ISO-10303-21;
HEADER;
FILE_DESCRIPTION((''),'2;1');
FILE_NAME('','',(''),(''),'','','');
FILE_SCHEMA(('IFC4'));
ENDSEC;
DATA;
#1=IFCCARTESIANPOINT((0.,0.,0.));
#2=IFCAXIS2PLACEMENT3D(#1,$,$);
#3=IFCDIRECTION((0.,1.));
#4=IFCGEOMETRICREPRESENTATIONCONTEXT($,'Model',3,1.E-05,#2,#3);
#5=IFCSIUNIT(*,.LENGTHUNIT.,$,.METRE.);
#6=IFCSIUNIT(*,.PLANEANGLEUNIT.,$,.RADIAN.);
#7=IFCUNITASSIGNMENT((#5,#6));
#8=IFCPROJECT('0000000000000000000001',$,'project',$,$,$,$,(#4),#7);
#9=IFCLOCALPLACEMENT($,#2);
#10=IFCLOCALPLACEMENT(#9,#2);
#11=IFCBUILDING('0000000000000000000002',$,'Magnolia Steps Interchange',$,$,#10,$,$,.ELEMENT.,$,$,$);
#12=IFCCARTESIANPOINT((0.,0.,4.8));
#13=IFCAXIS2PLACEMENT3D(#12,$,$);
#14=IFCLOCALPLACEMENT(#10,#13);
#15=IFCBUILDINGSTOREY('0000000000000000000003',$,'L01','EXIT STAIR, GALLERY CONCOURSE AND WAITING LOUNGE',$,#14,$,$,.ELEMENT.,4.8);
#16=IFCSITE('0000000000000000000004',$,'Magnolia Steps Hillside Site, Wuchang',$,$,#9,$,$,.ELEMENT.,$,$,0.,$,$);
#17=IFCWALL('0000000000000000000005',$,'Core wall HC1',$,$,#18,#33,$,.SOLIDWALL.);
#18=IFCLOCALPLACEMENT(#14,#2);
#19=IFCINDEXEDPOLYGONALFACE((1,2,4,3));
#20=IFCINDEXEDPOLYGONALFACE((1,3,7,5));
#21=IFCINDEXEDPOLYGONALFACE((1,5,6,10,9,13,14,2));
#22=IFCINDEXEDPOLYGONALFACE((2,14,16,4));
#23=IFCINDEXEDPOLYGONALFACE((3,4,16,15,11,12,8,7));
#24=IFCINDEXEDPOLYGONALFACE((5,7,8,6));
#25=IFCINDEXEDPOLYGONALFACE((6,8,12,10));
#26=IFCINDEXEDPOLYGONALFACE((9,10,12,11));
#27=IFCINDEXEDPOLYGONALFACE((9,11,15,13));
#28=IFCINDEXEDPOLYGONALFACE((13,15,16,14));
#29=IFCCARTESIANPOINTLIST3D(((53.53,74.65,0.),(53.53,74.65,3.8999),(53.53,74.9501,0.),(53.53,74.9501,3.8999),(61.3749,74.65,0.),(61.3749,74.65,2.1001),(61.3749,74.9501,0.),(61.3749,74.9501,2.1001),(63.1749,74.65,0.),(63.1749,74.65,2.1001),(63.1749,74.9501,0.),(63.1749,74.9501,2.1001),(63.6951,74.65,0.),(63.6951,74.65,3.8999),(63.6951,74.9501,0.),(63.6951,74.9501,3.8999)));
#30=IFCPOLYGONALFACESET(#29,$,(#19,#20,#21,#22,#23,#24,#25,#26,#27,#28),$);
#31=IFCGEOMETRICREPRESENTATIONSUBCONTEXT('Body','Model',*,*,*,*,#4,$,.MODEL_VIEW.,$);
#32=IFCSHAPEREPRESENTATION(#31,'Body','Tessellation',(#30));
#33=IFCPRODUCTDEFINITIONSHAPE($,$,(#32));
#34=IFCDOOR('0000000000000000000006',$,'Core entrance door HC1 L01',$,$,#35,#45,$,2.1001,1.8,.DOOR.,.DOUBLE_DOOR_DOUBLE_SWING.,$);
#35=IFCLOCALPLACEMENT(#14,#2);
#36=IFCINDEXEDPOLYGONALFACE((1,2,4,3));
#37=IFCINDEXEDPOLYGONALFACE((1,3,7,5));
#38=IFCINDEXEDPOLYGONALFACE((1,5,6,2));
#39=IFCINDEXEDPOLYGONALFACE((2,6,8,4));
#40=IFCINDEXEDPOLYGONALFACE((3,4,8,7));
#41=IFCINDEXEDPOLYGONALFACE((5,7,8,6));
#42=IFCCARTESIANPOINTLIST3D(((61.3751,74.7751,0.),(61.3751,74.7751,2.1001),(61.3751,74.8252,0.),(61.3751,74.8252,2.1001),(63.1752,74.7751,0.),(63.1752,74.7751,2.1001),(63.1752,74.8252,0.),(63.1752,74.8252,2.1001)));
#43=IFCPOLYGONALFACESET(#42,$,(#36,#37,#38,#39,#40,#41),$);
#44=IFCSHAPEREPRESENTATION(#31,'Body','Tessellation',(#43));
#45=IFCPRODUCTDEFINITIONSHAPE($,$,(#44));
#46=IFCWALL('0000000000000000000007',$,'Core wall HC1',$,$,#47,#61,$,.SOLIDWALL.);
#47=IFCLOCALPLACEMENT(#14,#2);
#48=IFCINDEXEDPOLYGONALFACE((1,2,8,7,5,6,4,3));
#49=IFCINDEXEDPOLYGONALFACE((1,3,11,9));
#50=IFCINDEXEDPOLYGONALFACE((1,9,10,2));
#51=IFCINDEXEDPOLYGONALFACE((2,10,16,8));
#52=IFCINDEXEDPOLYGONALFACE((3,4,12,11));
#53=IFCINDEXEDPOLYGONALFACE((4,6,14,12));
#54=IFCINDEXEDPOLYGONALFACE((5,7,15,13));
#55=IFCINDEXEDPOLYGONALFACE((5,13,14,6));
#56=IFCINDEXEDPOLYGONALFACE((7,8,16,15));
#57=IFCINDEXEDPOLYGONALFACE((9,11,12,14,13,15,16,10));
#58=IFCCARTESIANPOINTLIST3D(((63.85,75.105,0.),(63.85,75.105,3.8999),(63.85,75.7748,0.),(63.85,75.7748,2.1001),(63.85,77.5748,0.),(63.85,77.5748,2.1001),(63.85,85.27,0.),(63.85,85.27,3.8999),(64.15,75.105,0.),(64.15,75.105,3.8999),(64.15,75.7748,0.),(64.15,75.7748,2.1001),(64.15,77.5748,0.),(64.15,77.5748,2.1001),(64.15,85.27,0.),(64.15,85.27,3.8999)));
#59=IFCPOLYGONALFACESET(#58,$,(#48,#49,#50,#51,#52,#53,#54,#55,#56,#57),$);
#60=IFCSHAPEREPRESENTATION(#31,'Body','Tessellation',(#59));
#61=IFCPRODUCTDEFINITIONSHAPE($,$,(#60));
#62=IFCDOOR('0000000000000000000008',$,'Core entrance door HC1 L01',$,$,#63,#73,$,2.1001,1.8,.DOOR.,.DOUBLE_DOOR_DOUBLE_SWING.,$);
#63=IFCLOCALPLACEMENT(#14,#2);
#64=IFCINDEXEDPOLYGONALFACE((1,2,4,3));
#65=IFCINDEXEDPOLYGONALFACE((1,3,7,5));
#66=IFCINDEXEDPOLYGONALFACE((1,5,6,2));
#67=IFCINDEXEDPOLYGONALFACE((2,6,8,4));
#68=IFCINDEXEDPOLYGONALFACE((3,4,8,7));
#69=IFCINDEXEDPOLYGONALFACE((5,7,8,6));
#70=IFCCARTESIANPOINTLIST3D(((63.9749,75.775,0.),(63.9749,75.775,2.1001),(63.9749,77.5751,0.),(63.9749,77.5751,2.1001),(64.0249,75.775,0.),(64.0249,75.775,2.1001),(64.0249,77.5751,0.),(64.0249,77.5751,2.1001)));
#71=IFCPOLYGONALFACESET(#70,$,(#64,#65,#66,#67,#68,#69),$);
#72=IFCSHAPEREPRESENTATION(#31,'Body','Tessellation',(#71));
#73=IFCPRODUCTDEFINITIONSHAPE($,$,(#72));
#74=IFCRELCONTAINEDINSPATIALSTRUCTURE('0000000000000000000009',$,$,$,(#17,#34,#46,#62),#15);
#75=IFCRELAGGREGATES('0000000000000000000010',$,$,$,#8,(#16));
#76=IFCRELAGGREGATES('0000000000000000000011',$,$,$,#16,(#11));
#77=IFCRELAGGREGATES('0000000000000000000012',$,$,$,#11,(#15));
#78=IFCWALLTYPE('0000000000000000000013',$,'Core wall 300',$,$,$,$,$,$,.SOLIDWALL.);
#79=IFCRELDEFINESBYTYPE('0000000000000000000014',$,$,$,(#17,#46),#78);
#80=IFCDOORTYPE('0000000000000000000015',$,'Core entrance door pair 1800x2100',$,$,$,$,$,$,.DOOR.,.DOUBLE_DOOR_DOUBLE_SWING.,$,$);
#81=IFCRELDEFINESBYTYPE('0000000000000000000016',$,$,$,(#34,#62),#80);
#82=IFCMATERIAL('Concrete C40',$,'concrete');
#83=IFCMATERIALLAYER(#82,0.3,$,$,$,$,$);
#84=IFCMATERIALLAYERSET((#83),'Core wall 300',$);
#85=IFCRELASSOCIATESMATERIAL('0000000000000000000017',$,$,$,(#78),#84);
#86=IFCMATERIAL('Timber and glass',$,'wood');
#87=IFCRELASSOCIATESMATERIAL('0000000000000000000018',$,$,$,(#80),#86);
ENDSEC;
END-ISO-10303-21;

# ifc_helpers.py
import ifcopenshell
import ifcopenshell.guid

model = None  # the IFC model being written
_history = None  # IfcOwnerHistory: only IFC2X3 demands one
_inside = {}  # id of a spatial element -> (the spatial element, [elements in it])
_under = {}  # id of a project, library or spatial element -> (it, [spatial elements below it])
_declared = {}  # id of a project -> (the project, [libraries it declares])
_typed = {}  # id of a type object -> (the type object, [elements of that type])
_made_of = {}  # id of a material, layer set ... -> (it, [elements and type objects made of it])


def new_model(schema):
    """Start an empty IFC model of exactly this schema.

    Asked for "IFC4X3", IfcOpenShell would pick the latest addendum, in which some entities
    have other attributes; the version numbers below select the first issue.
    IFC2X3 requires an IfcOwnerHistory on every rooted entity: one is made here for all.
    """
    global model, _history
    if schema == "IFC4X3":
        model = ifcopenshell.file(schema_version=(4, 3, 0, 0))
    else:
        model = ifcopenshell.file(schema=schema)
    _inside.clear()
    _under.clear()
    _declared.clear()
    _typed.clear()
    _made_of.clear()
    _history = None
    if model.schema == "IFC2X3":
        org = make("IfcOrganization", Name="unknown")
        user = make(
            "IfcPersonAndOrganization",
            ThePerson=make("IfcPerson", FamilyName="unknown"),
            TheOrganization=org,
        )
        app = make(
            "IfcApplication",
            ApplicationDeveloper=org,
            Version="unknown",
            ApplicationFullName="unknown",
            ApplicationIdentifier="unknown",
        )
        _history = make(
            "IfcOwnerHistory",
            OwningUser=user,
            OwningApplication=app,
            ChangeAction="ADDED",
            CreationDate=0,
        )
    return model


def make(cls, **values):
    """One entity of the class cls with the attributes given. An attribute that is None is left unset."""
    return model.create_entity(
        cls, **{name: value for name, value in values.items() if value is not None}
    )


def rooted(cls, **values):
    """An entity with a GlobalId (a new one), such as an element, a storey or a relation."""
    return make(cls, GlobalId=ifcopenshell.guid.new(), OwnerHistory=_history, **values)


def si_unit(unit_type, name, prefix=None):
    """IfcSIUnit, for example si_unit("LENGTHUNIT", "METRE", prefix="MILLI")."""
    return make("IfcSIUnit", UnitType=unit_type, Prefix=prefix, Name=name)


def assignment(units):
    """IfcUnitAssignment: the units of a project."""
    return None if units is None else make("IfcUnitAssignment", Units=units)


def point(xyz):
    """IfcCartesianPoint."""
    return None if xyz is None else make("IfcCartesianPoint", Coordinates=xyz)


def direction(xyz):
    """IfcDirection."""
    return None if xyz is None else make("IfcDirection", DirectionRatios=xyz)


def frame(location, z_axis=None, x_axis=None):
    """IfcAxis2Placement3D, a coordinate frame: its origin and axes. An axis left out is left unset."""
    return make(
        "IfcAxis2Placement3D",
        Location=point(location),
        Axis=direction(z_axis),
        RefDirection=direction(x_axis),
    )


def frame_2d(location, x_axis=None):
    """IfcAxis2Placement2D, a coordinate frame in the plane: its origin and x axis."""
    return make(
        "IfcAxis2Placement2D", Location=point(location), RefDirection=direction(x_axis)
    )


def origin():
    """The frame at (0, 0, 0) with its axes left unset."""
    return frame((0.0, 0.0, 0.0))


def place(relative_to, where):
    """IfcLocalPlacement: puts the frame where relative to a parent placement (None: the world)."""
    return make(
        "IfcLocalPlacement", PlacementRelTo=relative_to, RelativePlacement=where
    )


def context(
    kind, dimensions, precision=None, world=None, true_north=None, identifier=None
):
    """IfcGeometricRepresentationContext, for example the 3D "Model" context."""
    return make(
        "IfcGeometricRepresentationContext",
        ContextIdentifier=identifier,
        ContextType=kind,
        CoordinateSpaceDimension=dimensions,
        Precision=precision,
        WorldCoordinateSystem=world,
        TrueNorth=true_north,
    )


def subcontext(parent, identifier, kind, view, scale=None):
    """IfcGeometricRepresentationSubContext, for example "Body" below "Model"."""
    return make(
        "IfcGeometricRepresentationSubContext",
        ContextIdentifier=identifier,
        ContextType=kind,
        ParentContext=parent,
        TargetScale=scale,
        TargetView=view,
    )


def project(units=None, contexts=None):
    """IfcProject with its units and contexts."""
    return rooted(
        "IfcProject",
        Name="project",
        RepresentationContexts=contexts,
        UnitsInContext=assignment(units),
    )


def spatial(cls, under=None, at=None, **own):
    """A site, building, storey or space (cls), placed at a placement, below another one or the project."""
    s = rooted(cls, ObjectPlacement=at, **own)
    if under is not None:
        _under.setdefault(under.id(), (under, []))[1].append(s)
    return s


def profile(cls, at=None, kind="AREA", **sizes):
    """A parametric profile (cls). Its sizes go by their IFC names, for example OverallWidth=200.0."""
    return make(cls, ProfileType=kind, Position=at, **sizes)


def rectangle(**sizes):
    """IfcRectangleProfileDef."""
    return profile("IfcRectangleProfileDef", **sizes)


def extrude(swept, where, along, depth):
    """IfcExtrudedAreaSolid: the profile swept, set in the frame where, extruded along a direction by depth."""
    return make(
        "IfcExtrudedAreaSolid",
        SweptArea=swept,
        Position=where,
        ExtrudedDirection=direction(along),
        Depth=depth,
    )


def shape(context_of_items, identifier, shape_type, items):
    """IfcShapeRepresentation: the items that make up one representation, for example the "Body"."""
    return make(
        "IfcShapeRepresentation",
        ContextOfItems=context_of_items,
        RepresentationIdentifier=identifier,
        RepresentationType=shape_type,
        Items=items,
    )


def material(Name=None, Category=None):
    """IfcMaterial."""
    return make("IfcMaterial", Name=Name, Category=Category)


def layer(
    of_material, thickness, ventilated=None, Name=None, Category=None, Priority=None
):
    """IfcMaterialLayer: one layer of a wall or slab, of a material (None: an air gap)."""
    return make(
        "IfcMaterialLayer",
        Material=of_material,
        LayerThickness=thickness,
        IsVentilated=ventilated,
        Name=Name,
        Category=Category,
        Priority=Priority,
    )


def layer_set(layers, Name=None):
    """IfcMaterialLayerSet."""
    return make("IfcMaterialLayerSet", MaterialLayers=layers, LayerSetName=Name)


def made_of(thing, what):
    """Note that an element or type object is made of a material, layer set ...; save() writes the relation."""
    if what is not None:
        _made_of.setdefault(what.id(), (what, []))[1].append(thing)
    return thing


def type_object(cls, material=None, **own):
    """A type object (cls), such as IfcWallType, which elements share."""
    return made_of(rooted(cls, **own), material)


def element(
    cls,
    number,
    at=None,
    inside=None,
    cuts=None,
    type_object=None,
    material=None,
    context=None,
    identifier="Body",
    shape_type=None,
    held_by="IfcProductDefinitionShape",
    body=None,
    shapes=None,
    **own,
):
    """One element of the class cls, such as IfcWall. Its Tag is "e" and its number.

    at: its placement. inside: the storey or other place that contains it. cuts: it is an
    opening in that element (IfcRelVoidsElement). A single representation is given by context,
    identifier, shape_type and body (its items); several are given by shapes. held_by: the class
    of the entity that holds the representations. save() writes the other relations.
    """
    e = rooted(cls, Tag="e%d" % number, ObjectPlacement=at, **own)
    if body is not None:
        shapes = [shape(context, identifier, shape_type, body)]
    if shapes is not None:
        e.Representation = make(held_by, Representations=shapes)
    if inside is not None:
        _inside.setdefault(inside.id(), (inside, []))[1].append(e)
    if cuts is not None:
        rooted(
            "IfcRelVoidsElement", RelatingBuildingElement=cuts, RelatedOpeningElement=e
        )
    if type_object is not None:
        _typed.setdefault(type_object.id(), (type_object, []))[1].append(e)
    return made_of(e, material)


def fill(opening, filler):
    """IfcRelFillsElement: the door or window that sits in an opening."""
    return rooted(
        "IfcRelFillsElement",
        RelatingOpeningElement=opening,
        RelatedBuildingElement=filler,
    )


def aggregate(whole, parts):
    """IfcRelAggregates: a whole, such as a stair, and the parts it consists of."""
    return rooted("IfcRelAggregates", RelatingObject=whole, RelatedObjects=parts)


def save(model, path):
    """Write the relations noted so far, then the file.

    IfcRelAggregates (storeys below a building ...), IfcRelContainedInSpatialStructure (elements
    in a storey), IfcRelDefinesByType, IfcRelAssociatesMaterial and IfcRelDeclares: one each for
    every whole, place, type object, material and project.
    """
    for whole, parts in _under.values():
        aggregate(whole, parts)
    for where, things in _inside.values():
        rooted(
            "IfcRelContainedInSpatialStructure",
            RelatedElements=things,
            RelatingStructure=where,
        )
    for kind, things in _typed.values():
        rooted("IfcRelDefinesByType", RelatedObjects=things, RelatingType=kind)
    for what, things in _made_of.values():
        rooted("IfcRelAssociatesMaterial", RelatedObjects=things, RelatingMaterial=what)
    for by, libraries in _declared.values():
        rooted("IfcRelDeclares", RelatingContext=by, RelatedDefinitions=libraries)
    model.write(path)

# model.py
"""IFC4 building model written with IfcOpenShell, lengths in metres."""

from ifc_helpers import new_model, si_unit, direction, frame, frame_2d, origin, place, context, subcontext, project, spatial, rectangle, extrude, material, layer, layer_set, type_object, element, fill, save


model = new_model("IFC4")

# Units and contexts
model_context = context("Model", 3, precision=1e-05, world=origin(), true_north=direction((0.0, 1.0)))
body_context = subcontext(model_context, "Body", "Model", "MODEL_VIEW")
ifc_project = project(units=[si_unit("LENGTHUNIT", "METRE"), si_unit("PLANEANGLEUNIT", "RADIAN")], contexts=[model_context])

# Site, building, storey
site_placement = place(None, origin())
site = spatial("IfcSite", under=ifc_project, at=site_placement, Name="Magnolia Steps Hillside Site, Wuchang", CompositionType="ELEMENT", RefElevation=0.0)
building_placement = place(site_placement, origin())
building = spatial("IfcBuilding", under=site, at=building_placement, Name="Magnolia Steps Interchange", CompositionType="ELEMENT")
storey_placement = place(building_placement, frame((0.0, 0.0, 4.8)))
storey = spatial("IfcBuildingStorey", under=building, at=storey_placement, Name="L01", Description="EXIT STAIR, GALLERY CONCOURSE AND WAITING LOUNGE", CompositionType="ELEMENT", Elevation=4.8)

# Walls, openings, doors
ifc_material_1 = material(Name="Concrete C40", Category="concrete")
ifc_layer_1 = layer(ifc_material_1, 0.3)
ifc_layer_set_1 = layer_set([ifc_layer_1], Name="Core wall 300")
wall_type_1 = type_object("IfcWallType", Name="Core wall 300", PredefinedType="SOLIDWALL", material=ifc_layer_set_1)
wall_1_placement = place(storey_placement, frame((53.53, 74.8, 0.0), z_axis=(0.0, 0.0, 1.0), x_axis=(1.0, 0.0, 0.0)))
wall_1 = element("IfcWall", 1, at=wall_1_placement, inside=storey, type_object=wall_type_1, Name="Core wall HC1", PredefinedType="SOLIDWALL", context=body_context, shape_type="SweptSolid", body=[
    extrude(rectangle(XDim=10.165, YDim=0.3, at=frame_2d((5.0825, 0.0))), origin(), (0.0, 0.0, 1.0), 3.8999),
])
opening_1_placement = place(wall_1_placement, frame((7.845, 0.0, 0.0)))
opening_1 = element("IfcOpeningElement", 2, at=opening_1_placement, cuts=wall_1, PredefinedType="OPENING", context=body_context, shape_type="SweptSolid", body=[
    extrude(rectangle(XDim=1.8, YDim=2.1001, at=frame_2d((0.8999, 1.05))), frame((0.0, 0.1599, 0.0), z_axis=(0.0, -1.0, 0.0), x_axis=(1.0, 0.0, 0.0)), (0.0, 0.0, 1.0), 0.3201),
])
ifc_material_2 = material(Name="Timber and glass", Category="wood")
door_type_1 = type_object("IfcDoorType", Name="Core entrance door pair 1800x2100", OperationType="DOUBLE_DOOR_DOUBLE_SWING", PredefinedType="DOOR", material=ifc_material_2)
door_1_placement = place(opening_1_placement, frame((1.8, 0.0, 0.0), z_axis=(0.0, 0.0, 1.0), x_axis=(-1.0, 0.0, 0.0)))
door_1 = element("IfcDoor", 3, at=door_1_placement, inside=storey, type_object=door_type_1, Name="Core entrance door HC1 L01", OperationType="DOUBLE_DOOR_DOUBLE_SWING", OverallHeight=2.1001, OverallWidth=1.8, PredefinedType="DOOR", context=body_context, shape_type="SweptSolid", body=[
    extrude(rectangle(XDim=1.8, YDim=2.1001, at=frame_2d((0.8999, 1.05))), frame((0.0, 0.0249, 0.0), z_axis=(0.0, -1.0, 0.0), x_axis=(1.0, 0.0, 0.0)), (0.0, 0.0, 1.0), 0.05),
])
fill(opening_1, door_1)
wall_2_placement = place(storey_placement, frame((64.0, 75.105, 0.0), z_axis=(0.0, 0.0, 1.0), x_axis=(0.0, 1.0, 0.0)))
wall_2 = element("IfcWall", 4, at=wall_2_placement, inside=storey, type_object=wall_type_1, Name="Core wall HC1", PredefinedType="SOLIDWALL", context=body_context, shape_type="SweptSolid", body=[
    extrude(rectangle(XDim=10.165, YDim=0.3, at=frame_2d((5.0825, 0.0))), origin(), (0.0, 0.0, 1.0), 3.8999),
])
opening_2_placement = place(wall_2_placement, frame((0.6699, 0.0, 0.0)))
opening_2 = element("IfcOpeningElement", 5, at=opening_2_placement, cuts=wall_2, PredefinedType="OPENING", context=body_context, shape_type="SweptSolid", body=[
    extrude(rectangle(XDim=1.8, YDim=2.1001, at=frame_2d((0.8999, 1.05))), frame((0.0, 0.1599, 0.0), z_axis=(0.0, -1.0, 0.0), x_axis=(1.0, 0.0, 0.0)), (0.0, 0.0, 1.0), 0.3201),
])
door_2_placement = place(opening_2_placement, frame((1.8, 0.0, 0.0), z_axis=(0.0, 0.0, 1.0), x_axis=(-1.0, 0.0, 0.0)))
door_2 = element("IfcDoor", 6, at=door_2_placement, inside=storey, type_object=door_type_1, Name="Core entrance door HC1 L01", OperationType="DOUBLE_DOOR_DOUBLE_SWING", OverallHeight=2.1001, OverallWidth=1.8, PredefinedType="DOOR", context=body_context, shape_type="SweptSolid", body=[
    extrude(rectangle(XDim=1.8, YDim=2.1001, at=frame_2d((0.8999, 1.05))), frame((0.0, 0.0249, 0.0), z_axis=(0.0, -1.0, 0.0), x_axis=(1.0, 0.0, 0.0)), (0.0, 0.0, 1.0), 0.05),
])
fill(opening_2, door_2)

save(model, "model.ifc")
